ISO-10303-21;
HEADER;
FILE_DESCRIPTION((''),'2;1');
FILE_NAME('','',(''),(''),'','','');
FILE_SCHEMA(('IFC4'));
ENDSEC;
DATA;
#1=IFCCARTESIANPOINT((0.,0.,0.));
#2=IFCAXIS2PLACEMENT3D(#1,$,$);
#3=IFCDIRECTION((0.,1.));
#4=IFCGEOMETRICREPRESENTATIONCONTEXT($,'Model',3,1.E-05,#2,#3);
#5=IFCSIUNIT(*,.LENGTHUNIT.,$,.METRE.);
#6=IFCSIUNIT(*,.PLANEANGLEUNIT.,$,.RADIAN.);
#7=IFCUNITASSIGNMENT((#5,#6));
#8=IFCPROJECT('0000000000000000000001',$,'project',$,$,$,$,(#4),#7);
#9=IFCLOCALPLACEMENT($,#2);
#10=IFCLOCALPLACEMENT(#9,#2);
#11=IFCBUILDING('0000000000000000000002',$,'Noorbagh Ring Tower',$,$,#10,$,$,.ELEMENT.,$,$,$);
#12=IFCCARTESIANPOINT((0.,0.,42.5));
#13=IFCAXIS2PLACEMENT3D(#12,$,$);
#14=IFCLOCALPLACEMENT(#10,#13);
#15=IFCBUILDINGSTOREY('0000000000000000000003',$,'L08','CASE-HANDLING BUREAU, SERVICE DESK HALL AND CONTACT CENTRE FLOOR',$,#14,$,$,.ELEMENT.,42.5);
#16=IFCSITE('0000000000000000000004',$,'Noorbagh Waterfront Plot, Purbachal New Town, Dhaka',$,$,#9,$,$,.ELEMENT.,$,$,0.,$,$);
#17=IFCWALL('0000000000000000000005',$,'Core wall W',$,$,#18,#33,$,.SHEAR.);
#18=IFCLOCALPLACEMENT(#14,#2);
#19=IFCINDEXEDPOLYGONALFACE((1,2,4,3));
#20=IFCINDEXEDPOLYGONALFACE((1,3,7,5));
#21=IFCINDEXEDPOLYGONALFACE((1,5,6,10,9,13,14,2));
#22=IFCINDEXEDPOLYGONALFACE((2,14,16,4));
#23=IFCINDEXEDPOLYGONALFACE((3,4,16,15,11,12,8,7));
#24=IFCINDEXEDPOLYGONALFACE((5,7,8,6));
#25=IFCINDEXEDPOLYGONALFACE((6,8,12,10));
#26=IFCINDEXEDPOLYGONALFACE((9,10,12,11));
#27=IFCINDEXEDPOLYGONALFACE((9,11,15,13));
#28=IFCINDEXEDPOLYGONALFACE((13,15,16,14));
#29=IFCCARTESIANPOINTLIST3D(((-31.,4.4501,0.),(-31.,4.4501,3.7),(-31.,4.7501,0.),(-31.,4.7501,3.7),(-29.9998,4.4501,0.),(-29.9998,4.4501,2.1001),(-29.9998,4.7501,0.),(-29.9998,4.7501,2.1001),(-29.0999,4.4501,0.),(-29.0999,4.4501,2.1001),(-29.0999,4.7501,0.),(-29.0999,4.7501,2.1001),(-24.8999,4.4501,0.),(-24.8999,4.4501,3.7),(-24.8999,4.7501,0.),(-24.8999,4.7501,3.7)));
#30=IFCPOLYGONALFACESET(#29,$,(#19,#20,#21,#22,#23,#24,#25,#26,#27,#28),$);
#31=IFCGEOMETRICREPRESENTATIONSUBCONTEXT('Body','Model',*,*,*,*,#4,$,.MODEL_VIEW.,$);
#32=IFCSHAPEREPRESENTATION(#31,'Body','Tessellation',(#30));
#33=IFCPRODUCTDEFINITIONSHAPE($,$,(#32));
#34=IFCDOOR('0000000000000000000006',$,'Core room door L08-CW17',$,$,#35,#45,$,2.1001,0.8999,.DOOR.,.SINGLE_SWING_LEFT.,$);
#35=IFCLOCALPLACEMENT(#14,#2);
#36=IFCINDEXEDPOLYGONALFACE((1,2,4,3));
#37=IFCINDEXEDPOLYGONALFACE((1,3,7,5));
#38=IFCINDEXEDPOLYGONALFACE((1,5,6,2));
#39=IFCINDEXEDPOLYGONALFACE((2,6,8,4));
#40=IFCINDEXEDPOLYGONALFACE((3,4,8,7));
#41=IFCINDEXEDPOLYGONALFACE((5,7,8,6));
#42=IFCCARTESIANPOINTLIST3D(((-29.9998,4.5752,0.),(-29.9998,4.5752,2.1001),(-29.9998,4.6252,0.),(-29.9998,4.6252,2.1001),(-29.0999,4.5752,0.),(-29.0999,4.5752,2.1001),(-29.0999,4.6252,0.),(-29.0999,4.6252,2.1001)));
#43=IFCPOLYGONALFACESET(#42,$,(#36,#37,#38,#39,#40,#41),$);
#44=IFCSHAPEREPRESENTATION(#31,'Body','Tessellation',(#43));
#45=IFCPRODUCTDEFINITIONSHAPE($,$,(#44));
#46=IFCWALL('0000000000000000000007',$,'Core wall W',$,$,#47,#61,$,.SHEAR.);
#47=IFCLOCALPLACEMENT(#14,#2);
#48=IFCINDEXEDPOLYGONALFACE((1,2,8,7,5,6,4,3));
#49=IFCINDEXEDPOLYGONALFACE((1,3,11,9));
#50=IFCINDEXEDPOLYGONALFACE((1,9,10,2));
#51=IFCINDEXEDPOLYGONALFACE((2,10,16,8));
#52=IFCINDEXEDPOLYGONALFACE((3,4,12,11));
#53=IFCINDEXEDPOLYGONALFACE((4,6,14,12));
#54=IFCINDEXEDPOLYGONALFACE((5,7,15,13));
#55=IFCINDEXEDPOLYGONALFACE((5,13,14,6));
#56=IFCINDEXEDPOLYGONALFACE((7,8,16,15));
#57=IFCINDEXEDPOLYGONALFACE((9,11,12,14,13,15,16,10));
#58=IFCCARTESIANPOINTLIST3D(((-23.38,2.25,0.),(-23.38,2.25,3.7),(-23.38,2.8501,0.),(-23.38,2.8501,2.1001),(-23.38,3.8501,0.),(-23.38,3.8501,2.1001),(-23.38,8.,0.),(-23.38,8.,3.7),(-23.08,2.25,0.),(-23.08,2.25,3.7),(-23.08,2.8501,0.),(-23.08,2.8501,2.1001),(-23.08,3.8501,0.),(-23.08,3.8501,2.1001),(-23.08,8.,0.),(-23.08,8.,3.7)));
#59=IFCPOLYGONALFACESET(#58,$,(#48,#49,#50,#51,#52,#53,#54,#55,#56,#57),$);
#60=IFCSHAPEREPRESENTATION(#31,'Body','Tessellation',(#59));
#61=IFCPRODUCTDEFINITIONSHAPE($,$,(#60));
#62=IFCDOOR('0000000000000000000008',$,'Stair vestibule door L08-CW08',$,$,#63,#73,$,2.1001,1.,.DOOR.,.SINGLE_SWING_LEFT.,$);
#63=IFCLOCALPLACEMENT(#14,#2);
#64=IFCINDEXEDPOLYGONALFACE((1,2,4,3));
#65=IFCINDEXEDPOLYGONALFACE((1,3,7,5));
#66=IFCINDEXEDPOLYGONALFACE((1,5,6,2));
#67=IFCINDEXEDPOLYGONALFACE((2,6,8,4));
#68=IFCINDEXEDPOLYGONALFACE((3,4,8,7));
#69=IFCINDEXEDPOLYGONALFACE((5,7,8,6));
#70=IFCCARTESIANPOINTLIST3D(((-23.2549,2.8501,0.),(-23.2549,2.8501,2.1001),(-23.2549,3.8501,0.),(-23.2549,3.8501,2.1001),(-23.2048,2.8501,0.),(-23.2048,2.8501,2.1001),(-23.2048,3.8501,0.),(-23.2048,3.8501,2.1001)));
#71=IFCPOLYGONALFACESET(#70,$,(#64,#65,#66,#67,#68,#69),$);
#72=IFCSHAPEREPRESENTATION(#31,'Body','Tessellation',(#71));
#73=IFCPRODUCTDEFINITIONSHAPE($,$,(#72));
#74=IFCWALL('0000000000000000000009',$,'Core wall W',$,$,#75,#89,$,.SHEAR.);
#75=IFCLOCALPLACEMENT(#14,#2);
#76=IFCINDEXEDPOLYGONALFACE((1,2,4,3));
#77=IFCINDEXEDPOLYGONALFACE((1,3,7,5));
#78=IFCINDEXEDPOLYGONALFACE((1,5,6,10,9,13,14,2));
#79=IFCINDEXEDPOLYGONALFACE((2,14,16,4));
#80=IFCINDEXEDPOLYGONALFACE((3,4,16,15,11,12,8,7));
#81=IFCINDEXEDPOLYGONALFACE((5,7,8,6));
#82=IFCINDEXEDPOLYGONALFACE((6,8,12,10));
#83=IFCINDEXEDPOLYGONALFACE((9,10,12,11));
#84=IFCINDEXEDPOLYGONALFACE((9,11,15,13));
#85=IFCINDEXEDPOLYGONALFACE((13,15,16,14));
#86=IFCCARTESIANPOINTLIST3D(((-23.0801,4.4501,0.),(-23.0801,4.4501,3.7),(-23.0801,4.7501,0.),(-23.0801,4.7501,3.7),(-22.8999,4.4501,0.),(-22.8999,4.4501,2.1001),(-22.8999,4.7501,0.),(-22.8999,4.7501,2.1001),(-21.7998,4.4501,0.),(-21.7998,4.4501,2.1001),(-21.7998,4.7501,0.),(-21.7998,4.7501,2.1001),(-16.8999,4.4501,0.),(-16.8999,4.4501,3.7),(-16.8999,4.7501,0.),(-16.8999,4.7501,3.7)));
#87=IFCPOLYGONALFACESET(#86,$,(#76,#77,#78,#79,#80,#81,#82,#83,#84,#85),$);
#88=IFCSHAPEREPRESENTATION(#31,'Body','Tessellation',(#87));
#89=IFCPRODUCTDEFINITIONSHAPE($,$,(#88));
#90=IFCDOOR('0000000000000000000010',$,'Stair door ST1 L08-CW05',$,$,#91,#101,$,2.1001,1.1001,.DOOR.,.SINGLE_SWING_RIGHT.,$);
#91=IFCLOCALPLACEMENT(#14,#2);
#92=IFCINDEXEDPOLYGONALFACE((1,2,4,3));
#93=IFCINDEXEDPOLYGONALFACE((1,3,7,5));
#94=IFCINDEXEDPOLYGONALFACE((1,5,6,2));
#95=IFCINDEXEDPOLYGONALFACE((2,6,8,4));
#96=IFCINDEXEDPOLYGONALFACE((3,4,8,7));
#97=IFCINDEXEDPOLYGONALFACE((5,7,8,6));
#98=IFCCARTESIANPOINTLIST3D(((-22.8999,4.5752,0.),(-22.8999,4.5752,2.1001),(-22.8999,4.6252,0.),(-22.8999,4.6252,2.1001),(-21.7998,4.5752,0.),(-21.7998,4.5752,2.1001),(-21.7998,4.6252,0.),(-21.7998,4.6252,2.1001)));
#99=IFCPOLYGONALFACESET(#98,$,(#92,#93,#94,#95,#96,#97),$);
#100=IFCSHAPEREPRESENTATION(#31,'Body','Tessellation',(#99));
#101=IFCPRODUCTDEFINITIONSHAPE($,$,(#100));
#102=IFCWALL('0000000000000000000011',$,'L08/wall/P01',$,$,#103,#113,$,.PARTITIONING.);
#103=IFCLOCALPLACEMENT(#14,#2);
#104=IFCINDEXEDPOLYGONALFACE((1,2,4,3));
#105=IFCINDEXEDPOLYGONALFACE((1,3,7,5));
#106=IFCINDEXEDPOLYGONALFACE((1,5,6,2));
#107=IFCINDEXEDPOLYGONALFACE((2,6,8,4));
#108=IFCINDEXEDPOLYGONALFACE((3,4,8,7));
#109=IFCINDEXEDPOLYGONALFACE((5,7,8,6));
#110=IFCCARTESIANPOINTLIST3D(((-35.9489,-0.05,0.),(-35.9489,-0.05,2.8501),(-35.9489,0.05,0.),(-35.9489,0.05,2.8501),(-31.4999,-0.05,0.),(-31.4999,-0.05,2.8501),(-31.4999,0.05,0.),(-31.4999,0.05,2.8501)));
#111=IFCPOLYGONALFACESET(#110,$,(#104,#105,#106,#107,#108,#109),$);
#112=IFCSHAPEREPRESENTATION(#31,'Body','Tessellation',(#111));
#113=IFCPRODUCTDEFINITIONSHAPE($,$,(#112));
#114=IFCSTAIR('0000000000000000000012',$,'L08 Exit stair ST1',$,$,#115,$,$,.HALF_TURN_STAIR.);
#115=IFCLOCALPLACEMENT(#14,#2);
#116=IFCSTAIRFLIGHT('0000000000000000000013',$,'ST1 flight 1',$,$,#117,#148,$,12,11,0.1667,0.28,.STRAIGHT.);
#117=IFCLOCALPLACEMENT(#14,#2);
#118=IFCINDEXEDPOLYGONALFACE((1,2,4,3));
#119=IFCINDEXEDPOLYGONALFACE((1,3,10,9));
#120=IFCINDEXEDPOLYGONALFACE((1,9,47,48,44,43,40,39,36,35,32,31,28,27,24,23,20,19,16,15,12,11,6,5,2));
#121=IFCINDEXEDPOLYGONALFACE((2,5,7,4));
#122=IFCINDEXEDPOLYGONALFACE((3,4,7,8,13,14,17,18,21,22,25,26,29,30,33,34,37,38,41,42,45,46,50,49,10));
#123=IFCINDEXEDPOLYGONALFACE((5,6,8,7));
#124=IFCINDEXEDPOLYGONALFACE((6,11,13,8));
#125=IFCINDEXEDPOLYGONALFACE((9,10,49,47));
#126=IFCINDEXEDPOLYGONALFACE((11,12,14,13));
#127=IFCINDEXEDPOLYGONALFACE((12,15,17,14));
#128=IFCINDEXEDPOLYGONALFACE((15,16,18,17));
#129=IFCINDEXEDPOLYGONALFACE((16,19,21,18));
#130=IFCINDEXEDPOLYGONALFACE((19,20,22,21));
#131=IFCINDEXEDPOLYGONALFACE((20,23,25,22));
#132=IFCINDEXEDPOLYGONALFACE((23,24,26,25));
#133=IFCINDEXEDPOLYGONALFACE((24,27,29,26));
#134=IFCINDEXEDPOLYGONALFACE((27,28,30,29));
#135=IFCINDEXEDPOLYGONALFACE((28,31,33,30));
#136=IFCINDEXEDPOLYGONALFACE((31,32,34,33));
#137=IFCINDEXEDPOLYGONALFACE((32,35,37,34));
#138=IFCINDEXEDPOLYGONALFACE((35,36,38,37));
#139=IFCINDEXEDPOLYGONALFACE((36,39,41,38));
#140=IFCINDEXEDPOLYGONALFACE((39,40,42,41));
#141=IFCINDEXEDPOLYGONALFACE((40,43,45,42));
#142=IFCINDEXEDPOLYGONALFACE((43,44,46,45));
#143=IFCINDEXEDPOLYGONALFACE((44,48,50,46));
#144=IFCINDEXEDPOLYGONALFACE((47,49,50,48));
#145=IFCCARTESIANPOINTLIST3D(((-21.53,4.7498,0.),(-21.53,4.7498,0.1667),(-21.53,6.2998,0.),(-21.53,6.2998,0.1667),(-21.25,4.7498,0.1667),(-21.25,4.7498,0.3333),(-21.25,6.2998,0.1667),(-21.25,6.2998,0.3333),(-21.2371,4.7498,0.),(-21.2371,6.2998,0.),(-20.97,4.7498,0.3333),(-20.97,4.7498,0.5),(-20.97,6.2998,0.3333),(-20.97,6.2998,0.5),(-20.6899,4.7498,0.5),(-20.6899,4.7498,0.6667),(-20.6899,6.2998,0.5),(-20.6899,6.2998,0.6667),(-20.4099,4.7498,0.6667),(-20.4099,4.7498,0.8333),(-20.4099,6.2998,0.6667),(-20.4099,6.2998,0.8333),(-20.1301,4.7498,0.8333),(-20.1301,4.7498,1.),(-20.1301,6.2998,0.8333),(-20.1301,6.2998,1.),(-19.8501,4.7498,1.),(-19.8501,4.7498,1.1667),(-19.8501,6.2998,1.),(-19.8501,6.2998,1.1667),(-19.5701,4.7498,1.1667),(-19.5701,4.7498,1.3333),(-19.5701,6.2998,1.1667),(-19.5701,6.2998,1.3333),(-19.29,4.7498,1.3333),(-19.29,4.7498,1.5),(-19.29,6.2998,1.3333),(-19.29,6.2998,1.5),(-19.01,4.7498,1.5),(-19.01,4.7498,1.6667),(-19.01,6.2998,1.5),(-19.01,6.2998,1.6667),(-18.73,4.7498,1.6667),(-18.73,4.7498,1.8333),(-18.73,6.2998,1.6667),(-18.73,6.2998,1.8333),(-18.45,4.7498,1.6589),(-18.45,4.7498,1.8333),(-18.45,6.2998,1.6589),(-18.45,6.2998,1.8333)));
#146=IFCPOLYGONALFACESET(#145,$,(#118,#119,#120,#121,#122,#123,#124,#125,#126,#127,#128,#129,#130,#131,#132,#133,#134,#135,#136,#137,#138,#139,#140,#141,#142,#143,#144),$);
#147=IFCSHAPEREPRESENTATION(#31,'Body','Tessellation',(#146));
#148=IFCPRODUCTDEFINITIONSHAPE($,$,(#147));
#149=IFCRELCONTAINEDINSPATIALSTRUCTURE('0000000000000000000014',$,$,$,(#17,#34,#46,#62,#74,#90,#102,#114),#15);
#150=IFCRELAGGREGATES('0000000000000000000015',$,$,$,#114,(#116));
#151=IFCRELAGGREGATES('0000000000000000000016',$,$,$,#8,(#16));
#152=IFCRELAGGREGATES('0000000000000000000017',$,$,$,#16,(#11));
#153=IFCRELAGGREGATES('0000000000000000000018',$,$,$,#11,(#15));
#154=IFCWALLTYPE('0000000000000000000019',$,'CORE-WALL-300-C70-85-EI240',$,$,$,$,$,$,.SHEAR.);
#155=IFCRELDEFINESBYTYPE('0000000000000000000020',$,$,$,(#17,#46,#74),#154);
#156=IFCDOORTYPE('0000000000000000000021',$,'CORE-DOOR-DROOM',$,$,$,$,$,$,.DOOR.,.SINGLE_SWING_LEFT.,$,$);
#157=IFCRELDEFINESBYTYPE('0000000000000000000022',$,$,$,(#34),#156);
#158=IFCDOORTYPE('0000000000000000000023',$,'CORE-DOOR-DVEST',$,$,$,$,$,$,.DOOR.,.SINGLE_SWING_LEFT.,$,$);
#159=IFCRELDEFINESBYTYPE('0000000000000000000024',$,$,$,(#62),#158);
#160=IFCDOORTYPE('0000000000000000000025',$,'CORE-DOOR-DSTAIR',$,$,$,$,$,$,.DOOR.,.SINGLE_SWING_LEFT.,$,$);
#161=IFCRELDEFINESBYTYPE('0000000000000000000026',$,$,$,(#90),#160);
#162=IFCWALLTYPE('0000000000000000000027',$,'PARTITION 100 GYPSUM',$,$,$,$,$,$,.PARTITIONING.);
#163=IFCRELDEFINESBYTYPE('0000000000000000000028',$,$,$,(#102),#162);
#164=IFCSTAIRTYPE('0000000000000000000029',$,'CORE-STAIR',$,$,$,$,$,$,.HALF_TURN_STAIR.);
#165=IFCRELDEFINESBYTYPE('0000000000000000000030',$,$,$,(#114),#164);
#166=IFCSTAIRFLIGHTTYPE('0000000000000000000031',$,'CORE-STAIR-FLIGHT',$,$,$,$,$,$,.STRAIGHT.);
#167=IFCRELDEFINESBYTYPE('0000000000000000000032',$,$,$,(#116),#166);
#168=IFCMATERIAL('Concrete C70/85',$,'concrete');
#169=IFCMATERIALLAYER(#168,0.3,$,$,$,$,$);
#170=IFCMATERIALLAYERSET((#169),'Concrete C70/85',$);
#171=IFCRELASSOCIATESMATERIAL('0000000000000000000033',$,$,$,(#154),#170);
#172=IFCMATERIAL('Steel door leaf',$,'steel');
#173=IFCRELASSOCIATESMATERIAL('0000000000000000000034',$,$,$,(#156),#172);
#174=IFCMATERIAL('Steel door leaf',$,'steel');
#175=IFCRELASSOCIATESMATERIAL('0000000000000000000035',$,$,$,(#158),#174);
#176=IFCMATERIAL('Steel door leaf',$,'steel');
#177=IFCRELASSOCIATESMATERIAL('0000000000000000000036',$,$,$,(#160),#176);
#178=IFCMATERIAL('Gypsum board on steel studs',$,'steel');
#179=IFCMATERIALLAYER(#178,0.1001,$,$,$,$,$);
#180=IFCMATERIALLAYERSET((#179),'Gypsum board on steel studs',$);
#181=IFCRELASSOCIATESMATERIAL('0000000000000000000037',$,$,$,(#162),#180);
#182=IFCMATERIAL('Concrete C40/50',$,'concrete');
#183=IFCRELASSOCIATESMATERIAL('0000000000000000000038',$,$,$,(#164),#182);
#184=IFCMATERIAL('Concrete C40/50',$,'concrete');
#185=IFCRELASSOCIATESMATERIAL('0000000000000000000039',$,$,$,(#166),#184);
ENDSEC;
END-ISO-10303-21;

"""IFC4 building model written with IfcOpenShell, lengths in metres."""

from ifc_helpers import new_model, si_unit, direction, frame, frame_2d, origin, place, context, subcontext, project, spatial, polyline, rectangle, outline, extrude, material, layer, layer_set, type_object, element, fill, aggregate, save


model = new_model("IFC4")

# Units and contexts
model_context = context("Model", 3, precision=1e-05, world=origin(), true_north=direction((0.0, 1.0)))
body_context = subcontext(model_context, "Body", "Model", "MODEL_VIEW")
ifc_project = project(units=[si_unit("LENGTHUNIT", "METRE"), si_unit("PLANEANGLEUNIT", "RADIAN")], contexts=[model_context])

# Site, building, storey
site_placement = place(None, origin())
site = spatial("IfcSite", under=ifc_project, at=site_placement, Name="Noorbagh Waterfront Plot, Purbachal New Town, Dhaka", CompositionType="ELEMENT", RefElevation=0.0)
building_placement = place(site_placement, origin())
building = spatial("IfcBuilding", under=site, at=building_placement, Name="Noorbagh Ring Tower", CompositionType="ELEMENT")
storey_placement = place(building_placement, frame((0.0, 0.0, 42.5)))
storey = spatial("IfcBuildingStorey", under=building, at=storey_placement, Name="L08", Description="CASE-HANDLING BUREAU, SERVICE DESK HALL AND CONTACT CENTRE FLOOR", CompositionType="ELEMENT", Elevation=42.5)

# Walls, openings, doors
ifc_material_1 = material(Name="Concrete C70/85", Category="concrete")
ifc_layer_1 = layer(ifc_material_1, 0.3)
ifc_layer_set_1 = layer_set([ifc_layer_1], Name="Concrete C70/85")
wall_type_1 = type_object("IfcWallType", Name="CORE-WALL-300-C70-85-EI240", PredefinedType="SHEAR", material=ifc_layer_set_1)
wall_1_placement = place(storey_placement, frame((-24.8999, 4.6001, 0.0), z_axis=(0.0, 0.0, 1.0), x_axis=(-1.0, 0.0, 0.0)))
wall_1 = element("IfcWall", 1, at=wall_1_placement, inside=storey, type_object=wall_type_1, Name="Core wall W", PredefinedType="SHEAR", context=body_context, shape_type="SweptSolid", body=[
    extrude(rectangle(XDim=6.1001, YDim=0.3, at=frame_2d((3.05, 0.0))), origin(), (0.0, 0.0, 1.0), 3.7),
])
opening_1_placement = place(wall_1_placement, frame((4.2, 0.0, 0.0)))
opening_1 = element("IfcOpeningElement", 2, at=opening_1_placement, cuts=wall_1, PredefinedType="OPENING", context=body_context, shape_type="SweptSolid", body=[
    extrude(rectangle(XDim=0.8999, YDim=2.1001, at=frame_2d((0.45, 1.05))), frame((0.0, 0.1602, 0.0), z_axis=(0.0, -1.0, 0.0), x_axis=(1.0, 0.0, 0.0)), (0.0, 0.0, 1.0), 0.3201),
])
ifc_material_2 = material(Name="Steel door leaf", Category="steel")
door_type_1 = type_object("IfcDoorType", Name="CORE-DOOR-DROOM", OperationType="SINGLE_SWING_LEFT", PredefinedType="DOOR", material=ifc_material_2)
door_1_placement = place(opening_1_placement, origin())
door_1 = element("IfcDoor", 3, at=door_1_placement, inside=storey, type_object=door_type_1, Name="Core room door L08-CW17", OperationType="SINGLE_SWING_LEFT", OverallHeight=2.1001, OverallWidth=0.8999, PredefinedType="DOOR", context=body_context, shape_type="SweptSolid", body=[
    extrude(rectangle(XDim=0.8999, YDim=2.1001, at=frame_2d((0.45, 1.05))), frame((0.0, 0.0249, 0.0), z_axis=(0.0, -1.0, 0.0), x_axis=(1.0, 0.0, 0.0)), (0.0, 0.0, 1.0), 0.05),
])
fill(opening_1, door_1)
wall_2_placement = place(storey_placement, frame((-23.23, 2.25, 0.0), z_axis=(0.0, 0.0, 1.0), x_axis=(0.0, 1.0, 0.0)))
wall_2 = element("IfcWall", 4, at=wall_2_placement, inside=storey, type_object=wall_type_1, Name="Core wall W", PredefinedType="SHEAR", context=body_context, shape_type="SweptSolid", body=[
    extrude(rectangle(XDim=5.75, YDim=0.3, at=frame_2d((2.875, 0.0))), origin(), (0.0, 0.0, 1.0), 3.7),
])
opening_2_placement = place(wall_2_placement, frame((0.6001, 0.0, 0.0)))
opening_2 = element("IfcOpeningElement", 5, at=opening_2_placement, cuts=wall_2, PredefinedType="OPENING", context=body_context, shape_type="SweptSolid", body=[
    extrude(rectangle(XDim=1.0, YDim=2.1001, at=frame_2d((0.5, 1.05))), frame((0.0, 0.1602, 0.0), z_axis=(0.0, -1.0, 0.0), x_axis=(1.0, 0.0, 0.0)), (0.0, 0.0, 1.0), 0.3201),
])
ifc_material_3 = material(Name="Steel door leaf", Category="steel")
door_type_2 = type_object("IfcDoorType", Name="CORE-DOOR-DVEST", OperationType="SINGLE_SWING_LEFT", PredefinedType="DOOR", material=ifc_material_3)
door_2_placement = place(opening_2_placement, origin())
door_2 = element("IfcDoor", 6, at=door_2_placement, inside=storey, type_object=door_type_2, Name="Stair vestibule door L08-CW08", OperationType="SINGLE_SWING_LEFT", OverallHeight=2.1001, OverallWidth=1.0, PredefinedType="DOOR", context=body_context, shape_type="SweptSolid", body=[
    extrude(rectangle(XDim=1.0, YDim=2.1001, at=frame_2d((0.5, 1.05))), frame((0.0, 0.0249, 0.0), z_axis=(0.0, -1.0, 0.0), x_axis=(1.0, 0.0, 0.0)), (0.0, 0.0, 1.0), 0.05),
])
fill(opening_2, door_2)
wall_3_placement = place(storey_placement, frame((-16.8999, 4.6001, 0.0), z_axis=(0.0, 0.0, 1.0), x_axis=(-1.0, 0.0, 0.0)))
wall_3 = element("IfcWall", 7, at=wall_3_placement, inside=storey, type_object=wall_type_1, Name="Core wall W", PredefinedType="SHEAR", context=body_context, shape_type="SweptSolid", body=[
    extrude(rectangle(XDim=6.1802, YDim=0.3, at=frame_2d((3.0901, 0.0))), origin(), (0.0, 0.0, 1.0), 3.7),
])
opening_3_placement = place(wall_3_placement, frame((4.8999, 0.0, 0.0)))
opening_3 = element("IfcOpeningElement", 8, at=opening_3_placement, cuts=wall_3, PredefinedType="OPENING", context=body_context, shape_type="SweptSolid", body=[
    extrude(rectangle(XDim=1.1001, YDim=2.1001, at=frame_2d((0.55, 1.05))), frame((0.0, 0.1602, 0.0), z_axis=(0.0, -1.0, 0.0), x_axis=(1.0, 0.0, 0.0)), (0.0, 0.0, 1.0), 0.3201),
])
ifc_material_4 = material(Name="Steel door leaf", Category="steel")
door_type_3 = type_object("IfcDoorType", Name="CORE-DOOR-DSTAIR", OperationType="SINGLE_SWING_LEFT", PredefinedType="DOOR", material=ifc_material_4)
door_3_placement = place(opening_3_placement, origin())
door_3 = element("IfcDoor", 9, at=door_3_placement, inside=storey, type_object=door_type_3, Name="Stair door ST1 L08-CW05", OperationType="SINGLE_SWING_RIGHT", OverallHeight=2.1001, OverallWidth=1.1001, PredefinedType="DOOR", context=body_context, shape_type="SweptSolid", body=[
    extrude(rectangle(XDim=1.1001, YDim=2.1001, at=frame_2d((0.55, 1.05))), frame((0.0, 0.0249, 0.0), z_axis=(0.0, -1.0, 0.0), x_axis=(1.0, 0.0, 0.0)), (0.0, 0.0, 1.0), 0.05),
])
fill(opening_3, door_3)

# Wall
ifc_material_5 = material(Name="Gypsum board on steel studs", Category="steel")
ifc_layer_2 = layer(ifc_material_5, 0.1001)
ifc_layer_set_2 = layer_set([ifc_layer_2], Name="Gypsum board on steel studs")
wall_type_2 = type_object("IfcWallType", Name="PARTITION 100 GYPSUM", PredefinedType="PARTITIONING", material=ifc_layer_set_2)
wall_4_placement = place(storey_placement, frame((-35.949, 0.0, 0.0), z_axis=(0.0, 0.0, 1.0), x_axis=(1.0, 0.0, 0.0)))
element("IfcWall", 10, at=wall_4_placement, inside=storey, type_object=wall_type_2, Name="L08/wall/P01", PredefinedType="PARTITIONING", context=body_context, shape_type="SweptSolid", body=[
    extrude(rectangle(XDim=4.449, YDim=0.1001, at=frame_2d((2.2246, 0.0))), origin(), (0.0, 0.0, 1.0), 2.8501),
])

# Stair, stair flight
ifc_material_6 = material(Name="Concrete C40/50", Category="concrete")
stair_type = type_object("IfcStairType", Name="CORE-STAIR", PredefinedType="HALF_TURN_STAIR", material=ifc_material_6)
stair_placement = place(storey_placement, origin())
stair = element("IfcStair", 11, at=stair_placement, inside=storey, type_object=stair_type, Name="L08 Exit stair ST1", PredefinedType="HALF_TURN_STAIR")
ifc_material_7 = material(Name="Concrete C40/50", Category="concrete")
stair_flight_type = type_object("IfcStairFlightType", Name="CORE-STAIR-FLIGHT", PredefinedType="STRAIGHT", material=ifc_material_7)
stair_flight_placement = place(storey_placement, frame((-21.53, 5.5249, 0.0), z_axis=(0.0, 0.0, 1.0), x_axis=(1.0, 0.0, 0.0)))
stair_flight = element("IfcStairFlight", 12, at=stair_flight_placement, type_object=stair_flight_type, Name="ST1 flight 1", NumberOfRisers=12, NumberOfTreads=11, PredefinedType="STRAIGHT", RiserHeight=0.1667, TreadLength=0.28, context=body_context, shape_type="SweptSolid", body=[
    extrude(outline(polyline([(0.0, 0.0), (0.0, 0.1667), (0.28, 0.1667), (0.28, 0.3333), (0.5601, 0.3333), (0.5601, 0.5), (0.8401, 0.5), (0.8401, 0.6667), (1.1201, 0.6667), (1.1201, 0.8333), (1.3999, 0.8333), (1.3999, 1.0), (1.6799, 1.0), (1.6799, 1.1667), (1.96, 1.1667), (1.96, 1.3333), (2.24, 1.3333), (2.24, 1.5), (2.52, 1.5), (2.52, 1.6667), (2.8, 1.6667), (2.8, 1.8333), (3.0801, 1.8333), (3.0801, 2.0), (3.0801, 1.6589), (0.293, 0.0), (0.0, 0.0)])), frame((0.0, 0.7749, 0.0), z_axis=(0.0, -1.0, 0.0), x_axis=(1.0, 0.0, 0.0)), (0.0, 0.0, 1.0), 1.55),
])
aggregate(stair, [stair_flight])

save(model, "model.ifc")
